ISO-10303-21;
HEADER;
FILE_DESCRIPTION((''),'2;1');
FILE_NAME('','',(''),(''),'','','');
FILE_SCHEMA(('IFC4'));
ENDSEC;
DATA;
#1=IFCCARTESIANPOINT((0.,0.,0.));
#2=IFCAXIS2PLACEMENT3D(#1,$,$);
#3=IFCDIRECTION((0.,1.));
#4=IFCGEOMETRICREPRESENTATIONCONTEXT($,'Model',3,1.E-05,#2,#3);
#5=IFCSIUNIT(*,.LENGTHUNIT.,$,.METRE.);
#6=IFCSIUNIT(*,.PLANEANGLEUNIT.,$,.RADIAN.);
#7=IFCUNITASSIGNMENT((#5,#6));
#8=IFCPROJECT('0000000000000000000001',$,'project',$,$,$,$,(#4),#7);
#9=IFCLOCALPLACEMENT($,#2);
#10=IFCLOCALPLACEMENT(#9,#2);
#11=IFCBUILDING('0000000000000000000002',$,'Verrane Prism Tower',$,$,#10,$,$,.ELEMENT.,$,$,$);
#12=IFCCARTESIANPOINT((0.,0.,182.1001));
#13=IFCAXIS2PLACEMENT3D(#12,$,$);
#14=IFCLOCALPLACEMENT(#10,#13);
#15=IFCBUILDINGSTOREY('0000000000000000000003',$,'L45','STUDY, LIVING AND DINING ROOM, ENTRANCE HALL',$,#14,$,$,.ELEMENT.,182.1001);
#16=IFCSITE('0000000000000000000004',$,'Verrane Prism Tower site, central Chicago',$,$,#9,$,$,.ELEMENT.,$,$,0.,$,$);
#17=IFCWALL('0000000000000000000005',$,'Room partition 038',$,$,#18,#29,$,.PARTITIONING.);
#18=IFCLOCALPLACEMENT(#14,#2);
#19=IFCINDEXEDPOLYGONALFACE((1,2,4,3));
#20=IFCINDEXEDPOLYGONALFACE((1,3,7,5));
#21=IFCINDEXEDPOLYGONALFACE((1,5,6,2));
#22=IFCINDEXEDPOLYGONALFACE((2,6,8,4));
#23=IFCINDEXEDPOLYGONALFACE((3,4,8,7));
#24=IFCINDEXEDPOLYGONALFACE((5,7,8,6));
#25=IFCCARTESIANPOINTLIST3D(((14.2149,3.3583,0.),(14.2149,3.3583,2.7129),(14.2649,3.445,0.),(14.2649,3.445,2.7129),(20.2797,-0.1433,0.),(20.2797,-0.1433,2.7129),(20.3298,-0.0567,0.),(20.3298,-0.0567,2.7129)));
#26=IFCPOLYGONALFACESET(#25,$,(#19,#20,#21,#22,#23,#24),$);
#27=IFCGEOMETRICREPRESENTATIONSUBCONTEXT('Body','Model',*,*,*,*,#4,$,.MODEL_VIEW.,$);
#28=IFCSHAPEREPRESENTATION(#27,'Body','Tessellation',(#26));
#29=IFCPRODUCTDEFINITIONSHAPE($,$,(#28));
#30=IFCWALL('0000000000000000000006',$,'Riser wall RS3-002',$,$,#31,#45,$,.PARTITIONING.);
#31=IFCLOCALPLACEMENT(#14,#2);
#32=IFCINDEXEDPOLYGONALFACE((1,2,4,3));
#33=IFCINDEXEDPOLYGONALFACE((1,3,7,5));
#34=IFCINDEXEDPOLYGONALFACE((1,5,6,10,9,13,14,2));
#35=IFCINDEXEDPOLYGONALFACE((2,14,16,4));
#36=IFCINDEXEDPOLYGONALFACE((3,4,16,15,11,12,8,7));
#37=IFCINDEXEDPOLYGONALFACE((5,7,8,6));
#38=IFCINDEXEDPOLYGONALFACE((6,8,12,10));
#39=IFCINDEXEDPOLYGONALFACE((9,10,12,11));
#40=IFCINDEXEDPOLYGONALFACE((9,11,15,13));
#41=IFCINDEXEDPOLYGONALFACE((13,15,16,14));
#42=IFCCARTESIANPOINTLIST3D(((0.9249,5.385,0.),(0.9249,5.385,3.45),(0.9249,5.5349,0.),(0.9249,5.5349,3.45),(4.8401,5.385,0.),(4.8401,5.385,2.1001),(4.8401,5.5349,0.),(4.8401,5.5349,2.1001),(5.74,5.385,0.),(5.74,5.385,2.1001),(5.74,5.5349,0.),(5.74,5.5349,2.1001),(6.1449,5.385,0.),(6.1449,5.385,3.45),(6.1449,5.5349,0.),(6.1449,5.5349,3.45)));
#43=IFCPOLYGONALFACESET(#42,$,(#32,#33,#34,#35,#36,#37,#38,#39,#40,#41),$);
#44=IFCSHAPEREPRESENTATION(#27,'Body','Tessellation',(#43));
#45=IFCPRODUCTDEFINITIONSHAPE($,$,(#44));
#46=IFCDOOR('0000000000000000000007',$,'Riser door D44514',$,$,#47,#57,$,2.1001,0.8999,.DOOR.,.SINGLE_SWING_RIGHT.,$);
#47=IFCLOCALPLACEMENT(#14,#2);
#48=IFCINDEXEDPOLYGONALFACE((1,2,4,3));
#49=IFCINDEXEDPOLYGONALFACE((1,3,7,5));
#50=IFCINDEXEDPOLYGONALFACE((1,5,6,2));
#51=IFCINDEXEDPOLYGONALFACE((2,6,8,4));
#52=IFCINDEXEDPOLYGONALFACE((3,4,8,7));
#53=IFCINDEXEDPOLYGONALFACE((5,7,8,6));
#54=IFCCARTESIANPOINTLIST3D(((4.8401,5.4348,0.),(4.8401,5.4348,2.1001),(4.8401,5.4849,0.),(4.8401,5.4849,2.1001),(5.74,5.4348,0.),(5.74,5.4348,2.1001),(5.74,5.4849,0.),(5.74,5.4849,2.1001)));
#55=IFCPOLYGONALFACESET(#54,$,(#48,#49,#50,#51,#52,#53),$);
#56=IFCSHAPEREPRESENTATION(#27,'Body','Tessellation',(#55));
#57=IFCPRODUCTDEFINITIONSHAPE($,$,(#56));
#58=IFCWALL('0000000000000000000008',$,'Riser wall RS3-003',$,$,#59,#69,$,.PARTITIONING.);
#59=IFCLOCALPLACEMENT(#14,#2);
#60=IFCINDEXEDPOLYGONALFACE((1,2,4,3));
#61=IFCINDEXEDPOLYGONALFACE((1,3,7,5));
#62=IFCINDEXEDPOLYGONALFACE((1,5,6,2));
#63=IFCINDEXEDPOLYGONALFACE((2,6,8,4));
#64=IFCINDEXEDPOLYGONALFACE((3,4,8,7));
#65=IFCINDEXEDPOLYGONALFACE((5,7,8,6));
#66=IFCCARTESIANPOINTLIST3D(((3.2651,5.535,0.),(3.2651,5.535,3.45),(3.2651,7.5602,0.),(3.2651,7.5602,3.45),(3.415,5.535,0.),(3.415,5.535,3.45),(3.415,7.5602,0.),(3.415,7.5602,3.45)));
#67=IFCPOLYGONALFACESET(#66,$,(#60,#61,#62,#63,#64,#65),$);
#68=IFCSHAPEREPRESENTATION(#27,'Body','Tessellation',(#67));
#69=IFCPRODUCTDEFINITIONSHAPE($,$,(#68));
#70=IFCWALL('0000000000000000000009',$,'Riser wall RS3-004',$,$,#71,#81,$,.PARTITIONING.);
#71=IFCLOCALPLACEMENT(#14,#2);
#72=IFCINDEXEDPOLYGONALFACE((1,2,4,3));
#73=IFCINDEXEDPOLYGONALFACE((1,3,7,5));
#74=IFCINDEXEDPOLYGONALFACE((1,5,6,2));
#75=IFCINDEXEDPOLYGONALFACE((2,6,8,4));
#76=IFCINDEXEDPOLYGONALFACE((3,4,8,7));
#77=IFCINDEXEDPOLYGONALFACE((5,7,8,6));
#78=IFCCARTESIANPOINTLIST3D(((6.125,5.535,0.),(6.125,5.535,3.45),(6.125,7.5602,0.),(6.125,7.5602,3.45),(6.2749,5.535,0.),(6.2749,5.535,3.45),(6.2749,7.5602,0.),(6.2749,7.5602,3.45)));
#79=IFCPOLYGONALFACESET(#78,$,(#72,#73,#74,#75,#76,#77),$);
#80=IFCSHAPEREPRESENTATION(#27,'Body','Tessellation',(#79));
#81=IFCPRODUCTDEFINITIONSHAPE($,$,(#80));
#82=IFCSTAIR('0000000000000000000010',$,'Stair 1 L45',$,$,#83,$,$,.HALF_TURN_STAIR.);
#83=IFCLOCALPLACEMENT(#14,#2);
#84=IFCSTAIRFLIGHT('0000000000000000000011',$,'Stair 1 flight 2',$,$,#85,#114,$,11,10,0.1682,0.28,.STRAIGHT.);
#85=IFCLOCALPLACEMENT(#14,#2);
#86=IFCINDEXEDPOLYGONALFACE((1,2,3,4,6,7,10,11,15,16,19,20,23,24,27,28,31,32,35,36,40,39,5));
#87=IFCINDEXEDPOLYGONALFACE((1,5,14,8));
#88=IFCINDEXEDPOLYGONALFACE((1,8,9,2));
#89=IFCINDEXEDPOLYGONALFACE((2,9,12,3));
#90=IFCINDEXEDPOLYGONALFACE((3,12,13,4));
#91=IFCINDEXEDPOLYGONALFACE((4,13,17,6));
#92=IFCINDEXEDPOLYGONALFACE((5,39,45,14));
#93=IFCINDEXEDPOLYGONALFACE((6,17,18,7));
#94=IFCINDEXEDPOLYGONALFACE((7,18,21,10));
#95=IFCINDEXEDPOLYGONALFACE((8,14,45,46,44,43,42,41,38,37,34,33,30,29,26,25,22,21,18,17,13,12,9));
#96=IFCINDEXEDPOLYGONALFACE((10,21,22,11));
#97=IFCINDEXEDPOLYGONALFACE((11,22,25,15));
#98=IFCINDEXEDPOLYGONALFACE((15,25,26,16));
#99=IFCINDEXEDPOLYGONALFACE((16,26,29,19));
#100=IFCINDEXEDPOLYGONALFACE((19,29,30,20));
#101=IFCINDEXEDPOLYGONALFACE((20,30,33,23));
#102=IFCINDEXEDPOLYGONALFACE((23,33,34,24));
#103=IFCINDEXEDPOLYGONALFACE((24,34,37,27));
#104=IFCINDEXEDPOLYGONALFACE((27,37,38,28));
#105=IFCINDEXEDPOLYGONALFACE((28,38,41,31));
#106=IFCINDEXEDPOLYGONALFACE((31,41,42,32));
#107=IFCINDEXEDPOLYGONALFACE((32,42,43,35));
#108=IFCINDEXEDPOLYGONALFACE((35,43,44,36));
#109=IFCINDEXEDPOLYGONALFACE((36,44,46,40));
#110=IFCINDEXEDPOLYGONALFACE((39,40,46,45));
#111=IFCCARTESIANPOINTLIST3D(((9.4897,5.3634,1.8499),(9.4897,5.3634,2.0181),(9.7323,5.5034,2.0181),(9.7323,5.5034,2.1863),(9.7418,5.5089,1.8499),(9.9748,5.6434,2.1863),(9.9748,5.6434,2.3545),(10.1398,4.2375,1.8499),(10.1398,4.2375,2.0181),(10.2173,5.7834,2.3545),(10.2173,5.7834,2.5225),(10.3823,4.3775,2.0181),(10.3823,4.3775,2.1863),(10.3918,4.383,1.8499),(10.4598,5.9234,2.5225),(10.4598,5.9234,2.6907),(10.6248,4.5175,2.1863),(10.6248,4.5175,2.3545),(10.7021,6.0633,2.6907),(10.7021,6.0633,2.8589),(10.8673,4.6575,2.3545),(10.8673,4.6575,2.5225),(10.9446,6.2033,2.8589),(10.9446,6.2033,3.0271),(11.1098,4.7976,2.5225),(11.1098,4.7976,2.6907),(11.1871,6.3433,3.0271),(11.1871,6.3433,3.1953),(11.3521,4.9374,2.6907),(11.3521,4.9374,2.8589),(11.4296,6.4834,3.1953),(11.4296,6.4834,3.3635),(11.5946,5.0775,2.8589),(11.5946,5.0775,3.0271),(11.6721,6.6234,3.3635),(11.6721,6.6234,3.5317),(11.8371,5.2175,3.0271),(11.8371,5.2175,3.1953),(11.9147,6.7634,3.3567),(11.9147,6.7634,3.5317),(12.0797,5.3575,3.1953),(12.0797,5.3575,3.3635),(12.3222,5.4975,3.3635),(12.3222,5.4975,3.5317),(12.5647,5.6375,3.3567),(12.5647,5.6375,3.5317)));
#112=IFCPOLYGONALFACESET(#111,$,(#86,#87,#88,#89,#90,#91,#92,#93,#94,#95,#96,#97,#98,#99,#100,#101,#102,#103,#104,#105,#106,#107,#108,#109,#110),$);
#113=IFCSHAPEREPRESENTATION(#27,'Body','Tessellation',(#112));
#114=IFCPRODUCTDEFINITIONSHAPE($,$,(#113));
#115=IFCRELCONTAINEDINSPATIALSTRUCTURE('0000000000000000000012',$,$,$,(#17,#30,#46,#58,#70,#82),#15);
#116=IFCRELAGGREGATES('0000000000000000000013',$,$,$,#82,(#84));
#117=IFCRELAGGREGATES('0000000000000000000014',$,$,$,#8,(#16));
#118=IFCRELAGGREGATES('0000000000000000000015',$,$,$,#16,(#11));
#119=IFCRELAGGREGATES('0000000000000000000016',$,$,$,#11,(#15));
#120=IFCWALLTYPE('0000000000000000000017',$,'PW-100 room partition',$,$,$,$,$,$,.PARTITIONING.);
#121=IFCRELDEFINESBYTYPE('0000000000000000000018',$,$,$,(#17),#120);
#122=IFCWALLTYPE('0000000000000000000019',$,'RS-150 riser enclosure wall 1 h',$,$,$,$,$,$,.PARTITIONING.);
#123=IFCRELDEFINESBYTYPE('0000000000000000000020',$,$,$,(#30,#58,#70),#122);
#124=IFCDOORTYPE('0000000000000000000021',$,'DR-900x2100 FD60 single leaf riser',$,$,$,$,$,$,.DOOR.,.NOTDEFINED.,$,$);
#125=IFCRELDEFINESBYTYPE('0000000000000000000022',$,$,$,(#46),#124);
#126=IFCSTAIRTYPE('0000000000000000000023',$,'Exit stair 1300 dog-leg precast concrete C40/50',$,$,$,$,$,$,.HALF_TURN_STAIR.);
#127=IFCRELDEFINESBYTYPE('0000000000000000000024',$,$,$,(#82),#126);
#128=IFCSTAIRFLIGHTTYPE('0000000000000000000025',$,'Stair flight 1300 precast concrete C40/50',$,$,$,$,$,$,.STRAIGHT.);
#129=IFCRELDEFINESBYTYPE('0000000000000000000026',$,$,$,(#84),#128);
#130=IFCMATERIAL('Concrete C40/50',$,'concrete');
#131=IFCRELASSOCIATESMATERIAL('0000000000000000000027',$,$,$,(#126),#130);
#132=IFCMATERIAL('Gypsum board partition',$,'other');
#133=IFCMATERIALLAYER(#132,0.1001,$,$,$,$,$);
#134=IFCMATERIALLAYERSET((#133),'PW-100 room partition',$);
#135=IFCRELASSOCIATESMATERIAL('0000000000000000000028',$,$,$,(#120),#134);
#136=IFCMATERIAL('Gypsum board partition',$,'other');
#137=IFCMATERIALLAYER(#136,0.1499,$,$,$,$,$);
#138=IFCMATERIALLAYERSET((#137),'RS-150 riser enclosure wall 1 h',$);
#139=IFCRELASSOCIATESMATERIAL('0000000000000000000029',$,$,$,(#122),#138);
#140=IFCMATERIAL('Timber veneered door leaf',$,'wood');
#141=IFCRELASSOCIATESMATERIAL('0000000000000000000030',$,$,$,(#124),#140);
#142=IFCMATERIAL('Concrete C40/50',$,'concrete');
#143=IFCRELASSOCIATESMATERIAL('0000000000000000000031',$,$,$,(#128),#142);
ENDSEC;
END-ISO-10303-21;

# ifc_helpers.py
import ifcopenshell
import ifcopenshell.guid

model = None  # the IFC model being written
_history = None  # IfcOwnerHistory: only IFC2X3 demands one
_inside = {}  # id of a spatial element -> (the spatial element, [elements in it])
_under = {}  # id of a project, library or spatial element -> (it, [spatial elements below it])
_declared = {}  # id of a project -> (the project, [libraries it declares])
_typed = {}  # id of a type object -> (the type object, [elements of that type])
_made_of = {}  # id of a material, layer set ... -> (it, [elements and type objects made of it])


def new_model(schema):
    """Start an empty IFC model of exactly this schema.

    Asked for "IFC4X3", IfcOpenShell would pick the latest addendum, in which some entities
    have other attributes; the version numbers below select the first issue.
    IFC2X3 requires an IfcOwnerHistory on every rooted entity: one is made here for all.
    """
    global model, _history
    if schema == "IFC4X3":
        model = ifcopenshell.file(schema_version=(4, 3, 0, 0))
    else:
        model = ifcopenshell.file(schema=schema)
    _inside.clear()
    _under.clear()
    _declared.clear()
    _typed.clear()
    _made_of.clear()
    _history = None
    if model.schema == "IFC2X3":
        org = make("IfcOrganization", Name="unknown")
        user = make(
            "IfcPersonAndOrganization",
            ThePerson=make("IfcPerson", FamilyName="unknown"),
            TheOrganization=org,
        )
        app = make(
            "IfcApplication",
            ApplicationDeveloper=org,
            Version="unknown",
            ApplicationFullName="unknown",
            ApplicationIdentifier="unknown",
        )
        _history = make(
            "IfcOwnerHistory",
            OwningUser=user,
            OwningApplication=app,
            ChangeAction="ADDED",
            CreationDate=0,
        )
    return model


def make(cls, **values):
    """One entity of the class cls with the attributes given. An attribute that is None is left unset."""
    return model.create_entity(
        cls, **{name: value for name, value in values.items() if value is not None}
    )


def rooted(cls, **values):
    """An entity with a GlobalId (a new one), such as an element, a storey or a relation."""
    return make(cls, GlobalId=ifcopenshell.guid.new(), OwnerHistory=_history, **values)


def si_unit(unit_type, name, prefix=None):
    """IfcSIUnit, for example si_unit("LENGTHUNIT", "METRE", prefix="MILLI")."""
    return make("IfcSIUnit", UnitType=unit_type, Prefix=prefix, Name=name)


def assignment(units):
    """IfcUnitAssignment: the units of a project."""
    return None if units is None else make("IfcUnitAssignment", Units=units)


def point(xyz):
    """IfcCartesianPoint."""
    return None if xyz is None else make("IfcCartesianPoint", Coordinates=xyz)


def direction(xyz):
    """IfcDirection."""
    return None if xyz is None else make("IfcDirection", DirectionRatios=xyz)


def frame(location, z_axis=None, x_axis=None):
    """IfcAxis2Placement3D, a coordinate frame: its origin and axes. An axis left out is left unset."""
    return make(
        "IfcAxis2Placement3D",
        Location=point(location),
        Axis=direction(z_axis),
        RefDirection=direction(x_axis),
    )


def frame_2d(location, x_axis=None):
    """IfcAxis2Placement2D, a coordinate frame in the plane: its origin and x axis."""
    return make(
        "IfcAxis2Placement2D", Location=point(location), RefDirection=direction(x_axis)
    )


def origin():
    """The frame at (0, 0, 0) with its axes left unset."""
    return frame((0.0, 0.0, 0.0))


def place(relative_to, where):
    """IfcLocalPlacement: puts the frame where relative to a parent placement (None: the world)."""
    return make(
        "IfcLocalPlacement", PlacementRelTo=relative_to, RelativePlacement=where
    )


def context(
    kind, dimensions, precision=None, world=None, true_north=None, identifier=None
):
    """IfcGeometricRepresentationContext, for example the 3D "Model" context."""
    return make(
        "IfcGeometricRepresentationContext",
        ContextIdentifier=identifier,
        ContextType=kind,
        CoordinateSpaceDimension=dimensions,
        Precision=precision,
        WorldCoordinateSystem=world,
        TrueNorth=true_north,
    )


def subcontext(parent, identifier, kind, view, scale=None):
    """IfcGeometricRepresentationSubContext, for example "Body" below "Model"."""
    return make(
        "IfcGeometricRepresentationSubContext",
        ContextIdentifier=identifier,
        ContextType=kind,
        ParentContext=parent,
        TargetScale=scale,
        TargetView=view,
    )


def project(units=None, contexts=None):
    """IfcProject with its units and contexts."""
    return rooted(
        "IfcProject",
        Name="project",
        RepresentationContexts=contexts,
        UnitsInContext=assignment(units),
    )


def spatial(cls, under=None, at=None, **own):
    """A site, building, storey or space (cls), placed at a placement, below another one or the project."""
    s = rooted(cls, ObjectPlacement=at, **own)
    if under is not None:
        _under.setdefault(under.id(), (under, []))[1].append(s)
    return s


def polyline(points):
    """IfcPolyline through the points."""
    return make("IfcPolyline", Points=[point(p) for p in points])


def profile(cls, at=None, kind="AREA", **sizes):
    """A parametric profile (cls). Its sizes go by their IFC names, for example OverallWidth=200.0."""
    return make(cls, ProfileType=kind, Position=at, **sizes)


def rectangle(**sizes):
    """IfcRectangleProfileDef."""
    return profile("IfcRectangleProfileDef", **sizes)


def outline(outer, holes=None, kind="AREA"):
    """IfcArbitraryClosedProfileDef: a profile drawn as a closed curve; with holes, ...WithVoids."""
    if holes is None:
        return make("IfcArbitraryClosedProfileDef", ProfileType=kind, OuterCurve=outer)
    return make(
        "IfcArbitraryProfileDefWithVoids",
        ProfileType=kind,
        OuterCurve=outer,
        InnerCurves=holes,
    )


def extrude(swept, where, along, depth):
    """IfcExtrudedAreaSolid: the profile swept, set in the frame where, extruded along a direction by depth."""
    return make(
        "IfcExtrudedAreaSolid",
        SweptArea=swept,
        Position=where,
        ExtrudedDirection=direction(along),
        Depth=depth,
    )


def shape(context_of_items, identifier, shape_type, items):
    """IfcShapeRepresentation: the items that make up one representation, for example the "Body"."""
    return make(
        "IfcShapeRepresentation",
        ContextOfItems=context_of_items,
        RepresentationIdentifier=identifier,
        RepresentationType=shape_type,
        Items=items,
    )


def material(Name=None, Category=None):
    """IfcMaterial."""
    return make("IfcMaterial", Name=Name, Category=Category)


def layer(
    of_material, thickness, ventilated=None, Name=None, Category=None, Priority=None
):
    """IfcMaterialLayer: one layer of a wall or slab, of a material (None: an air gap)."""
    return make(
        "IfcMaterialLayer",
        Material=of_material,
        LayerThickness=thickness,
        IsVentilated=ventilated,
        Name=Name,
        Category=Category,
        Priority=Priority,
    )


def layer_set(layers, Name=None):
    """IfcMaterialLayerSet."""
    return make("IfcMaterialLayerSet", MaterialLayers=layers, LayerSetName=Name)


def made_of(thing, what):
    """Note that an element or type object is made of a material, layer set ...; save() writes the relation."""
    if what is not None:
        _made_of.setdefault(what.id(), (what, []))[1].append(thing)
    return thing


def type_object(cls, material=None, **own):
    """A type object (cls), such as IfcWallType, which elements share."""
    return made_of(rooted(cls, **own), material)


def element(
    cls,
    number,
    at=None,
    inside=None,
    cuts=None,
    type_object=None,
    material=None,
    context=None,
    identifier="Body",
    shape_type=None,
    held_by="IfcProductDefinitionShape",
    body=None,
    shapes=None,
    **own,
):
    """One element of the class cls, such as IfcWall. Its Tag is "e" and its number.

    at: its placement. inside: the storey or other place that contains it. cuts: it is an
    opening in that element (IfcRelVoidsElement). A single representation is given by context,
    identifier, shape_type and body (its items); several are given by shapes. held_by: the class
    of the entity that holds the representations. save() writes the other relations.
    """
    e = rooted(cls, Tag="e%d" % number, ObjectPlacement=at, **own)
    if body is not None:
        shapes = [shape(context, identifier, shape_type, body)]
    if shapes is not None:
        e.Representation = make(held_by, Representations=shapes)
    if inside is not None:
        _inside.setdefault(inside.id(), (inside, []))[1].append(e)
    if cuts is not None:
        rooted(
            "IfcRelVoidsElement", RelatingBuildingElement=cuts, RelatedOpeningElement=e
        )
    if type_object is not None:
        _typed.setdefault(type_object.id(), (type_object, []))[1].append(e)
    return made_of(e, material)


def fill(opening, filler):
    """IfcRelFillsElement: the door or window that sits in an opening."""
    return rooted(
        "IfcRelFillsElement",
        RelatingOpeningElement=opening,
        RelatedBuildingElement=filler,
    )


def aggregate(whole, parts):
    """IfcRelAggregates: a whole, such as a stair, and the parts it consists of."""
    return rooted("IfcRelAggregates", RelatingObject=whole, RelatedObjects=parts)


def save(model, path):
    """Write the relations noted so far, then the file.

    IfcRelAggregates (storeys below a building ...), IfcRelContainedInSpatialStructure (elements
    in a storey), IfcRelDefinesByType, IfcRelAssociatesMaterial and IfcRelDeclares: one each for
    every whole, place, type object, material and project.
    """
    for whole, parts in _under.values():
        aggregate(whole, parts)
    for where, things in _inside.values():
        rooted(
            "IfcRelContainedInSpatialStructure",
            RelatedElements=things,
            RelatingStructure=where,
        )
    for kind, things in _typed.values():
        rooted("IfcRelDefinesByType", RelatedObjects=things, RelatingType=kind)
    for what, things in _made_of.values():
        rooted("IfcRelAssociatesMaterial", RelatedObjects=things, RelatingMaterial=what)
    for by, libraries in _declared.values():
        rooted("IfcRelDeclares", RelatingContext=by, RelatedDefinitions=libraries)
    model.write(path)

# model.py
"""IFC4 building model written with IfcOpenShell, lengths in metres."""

from ifc_helpers import new_model, si_unit, direction, frame, frame_2d, origin, place, context, subcontext, project, spatial, polyline, rectangle, outline, extrude, material, layer, layer_set, type_object, element, fill, aggregate, save


model = new_model("IFC4")

# Units and contexts
model_context = context("Model", 3, precision=1e-05, world=origin(), true_north=direction((0.0, 1.0)))
body_context = subcontext(model_context, "Body", "Model", "MODEL_VIEW")
ifc_project = project(units=[si_unit("LENGTHUNIT", "METRE"), si_unit("PLANEANGLEUNIT", "RADIAN")], contexts=[model_context])

# Site, building, storey
site_placement = place(None, origin())
site = spatial("IfcSite", under=ifc_project, at=site_placement, Name="Verrane Prism Tower site, central Chicago", CompositionType="ELEMENT", RefElevation=0.0)
building_placement = place(site_placement, origin())
building = spatial("IfcBuilding", under=site, at=building_placement, Name="Verrane Prism Tower", CompositionType="ELEMENT")
storey_placement = place(building_placement, frame((0.0, 0.0, 182.1001)))
storey = spatial("IfcBuildingStorey", under=building, at=storey_placement, Name="L45", Description="STUDY, LIVING AND DINING ROOM, ENTRANCE HALL", CompositionType="ELEMENT", Elevation=182.1001)

# Shared definitions
ifc_material_1 = material(Name="Concrete C40/50", Category="concrete")
stair_type = type_object("IfcStairType", Name="Exit stair 1300 dog-leg precast concrete C40/50", PredefinedType="HALF_TURN_STAIR", material=ifc_material_1)

# Shared definitions
ifc_material_2 = material(Name="Gypsum board partition", Category="other")
ifc_layer_1 = layer(ifc_material_2, 0.1001)
ifc_layer_set_1 = layer_set([ifc_layer_1], Name="PW-100 room partition")
wall_type_1 = type_object("IfcWallType", Name="PW-100 room partition", PredefinedType="PARTITIONING", material=ifc_layer_set_1)

# Wall
wall_1_placement = place(storey_placement, frame((14.24, 3.4016, 0.0), z_axis=(0.0, 0.0, 1.0), x_axis=(0.866018, -0.500012, 0.0)))
element("IfcWall", 1, at=wall_1_placement, inside=storey, type_object=wall_type_1, Name="Room partition 038", PredefinedType="PARTITIONING", context=body_context, shape_type="SweptSolid", body=[
    extrude(rectangle(XDim=7.0032, YDim=0.1001, at=frame_2d((3.5015, 0.0))), origin(), (0.0, 0.0, 1.0), 2.7129),
])

# Wall, opening, door
ifc_material_3 = material(Name="Gypsum board partition", Category="other")
ifc_layer_2 = layer(ifc_material_3, 0.1499)
ifc_layer_set_2 = layer_set([ifc_layer_2], Name="RS-150 riser enclosure wall 1 h")
wall_type_2 = type_object("IfcWallType", Name="RS-150 riser enclosure wall 1 h", PredefinedType="PARTITIONING", material=ifc_layer_set_2)
wall_2_placement = place(storey_placement, frame((0.925, 5.46, 0.0), z_axis=(0.0, 0.0, 1.0), x_axis=(1.0, 0.0, 0.0)))
wall_2 = element("IfcWall", 2, at=wall_2_placement, inside=storey, type_object=wall_type_2, Name="Riser wall RS3-002", PredefinedType="PARTITIONING", context=body_context, shape_type="SweptSolid", body=[
    extrude(rectangle(XDim=5.22, YDim=0.1499, at=frame_2d((2.6099, 0.0))), origin(), (0.0, 0.0, 1.0), 3.45),
])
opening_1_placement = place(wall_2_placement, frame((3.915, 0.0, 0.0)))
opening_1 = element("IfcOpeningElement", 3, at=opening_1_placement, cuts=wall_2, PredefinedType="OPENING", context=body_context, shape_type="SweptSolid", body=[
    extrude(rectangle(XDim=0.8999, YDim=2.1001, at=frame_2d((0.45, 1.05))), frame((0.0, 0.085, 0.0), z_axis=(0.0, -1.0, 0.0), x_axis=(1.0, 0.0, 0.0)), (0.0, 0.0, 1.0), 0.1699),
])
ifc_material_4 = material(Name="Timber veneered door leaf", Category="wood")
door_type_1 = type_object("IfcDoorType", Name="DR-900x2100 FD60 single leaf riser", OperationType="NOTDEFINED", PredefinedType="DOOR", material=ifc_material_4)
door_1_placement = place(opening_1_placement, origin())
door_1 = element("IfcDoor", 4, at=door_1_placement, inside=storey, type_object=door_type_1, Name="Riser door D44514", OperationType="SINGLE_SWING_RIGHT", OverallHeight=2.1001, OverallWidth=0.8999, PredefinedType="DOOR", context=body_context, shape_type="SweptSolid", body=[
    extrude(rectangle(XDim=0.8999, YDim=2.1001, at=frame_2d((0.45, 1.05))), frame((0.0, 0.0249, 0.0), z_axis=(0.0, -1.0, 0.0), x_axis=(1.0, 0.0, 0.0)), (0.0, 0.0, 1.0), 0.05),
])
fill(opening_1, door_1)

# Walls
for number, where, z_axis, x_axis, name in (
    (5, (3.3401, 5.5349, 0.0), (0.0, 0.0, 1.0), (0.0, 1.0, 0.0), "Riser wall RS3-003"),
    (6, (6.2, 5.5349, 0.0), (0.0, 0.0, 1.0), (0.0, 1.0, 0.0), "Riser wall RS3-004"),
):
    element("IfcWall", number, at=place(storey_placement, frame(where, z_axis=z_axis, x_axis=x_axis)), inside=storey, type_object=wall_type_2, Name=name, PredefinedType="PARTITIONING", context=body_context, shape_type="SweptSolid", body=[
        extrude(rectangle(XDim=2.0251, YDim=0.1499, at=frame_2d((1.0127, 0.0))), origin(), (0.0, 0.0, 1.0), 3.45),
    ])

# Stair, stair flight
stair_1_placement = place(storey_placement, origin())
stair_1 = element("IfcStair", 7, at=stair_1_placement, inside=storey, type_object=stair_type, Name="Stair 1 L45", PredefinedType="HALF_TURN_STAIR")
ifc_material_5 = material(Name="Concrete C40/50", Category="concrete")
stair_flight_type = type_object("IfcStairFlightType", Name="Stair flight 1300 precast concrete C40/50", PredefinedType="STRAIGHT", material=ifc_material_5)
stair_flight_placement = place(storey_placement, frame((9.8147, 4.8005, 1.8499), z_axis=(0.0, 0.0, 1.0), x_axis=(0.866025, 0.5, 0.0)))
stair_flight = element("IfcStairFlight", 8, at=stair_flight_placement, type_object=stair_flight_type, Name="Stair 1 flight 2", NumberOfRisers=11, NumberOfTreads=10, PredefinedType="STRAIGHT", RiserHeight=0.1682, TreadLength=0.28, context=body_context, shape_type="SweptSolid", body=[
    extrude(outline(polyline([(0.0, 0.0), (0.0, 0.1682), (0.28, 0.1682), (0.28, 0.3364), (0.5601, 0.3364), (0.5601, 0.5046), (0.8401, 0.5046), (0.8401, 0.6726), (1.1201, 0.6726), (1.1201, 0.8408), (1.3999, 0.8408), (1.3999, 1.009), (1.6799, 1.009), (1.6799, 1.1772), (1.96, 1.1772), (1.96, 1.3455), (2.24, 1.3455), (2.24, 1.5137), (2.52, 1.5137), (2.52, 1.6819), (2.8, 1.6819), (2.8, 1.8501), (2.8, 1.5068), (0.291, 0.0), (0.0, 0.0)])), frame((0.0, 0.6499, 0.0), z_axis=(0.0, -1.0, 0.0), x_axis=(1.0, 0.0, 0.0)), (0.0, 0.0, 1.0), 1.3),
])
aggregate(stair_1, [stair_flight])

save(model, "model.ifc")
